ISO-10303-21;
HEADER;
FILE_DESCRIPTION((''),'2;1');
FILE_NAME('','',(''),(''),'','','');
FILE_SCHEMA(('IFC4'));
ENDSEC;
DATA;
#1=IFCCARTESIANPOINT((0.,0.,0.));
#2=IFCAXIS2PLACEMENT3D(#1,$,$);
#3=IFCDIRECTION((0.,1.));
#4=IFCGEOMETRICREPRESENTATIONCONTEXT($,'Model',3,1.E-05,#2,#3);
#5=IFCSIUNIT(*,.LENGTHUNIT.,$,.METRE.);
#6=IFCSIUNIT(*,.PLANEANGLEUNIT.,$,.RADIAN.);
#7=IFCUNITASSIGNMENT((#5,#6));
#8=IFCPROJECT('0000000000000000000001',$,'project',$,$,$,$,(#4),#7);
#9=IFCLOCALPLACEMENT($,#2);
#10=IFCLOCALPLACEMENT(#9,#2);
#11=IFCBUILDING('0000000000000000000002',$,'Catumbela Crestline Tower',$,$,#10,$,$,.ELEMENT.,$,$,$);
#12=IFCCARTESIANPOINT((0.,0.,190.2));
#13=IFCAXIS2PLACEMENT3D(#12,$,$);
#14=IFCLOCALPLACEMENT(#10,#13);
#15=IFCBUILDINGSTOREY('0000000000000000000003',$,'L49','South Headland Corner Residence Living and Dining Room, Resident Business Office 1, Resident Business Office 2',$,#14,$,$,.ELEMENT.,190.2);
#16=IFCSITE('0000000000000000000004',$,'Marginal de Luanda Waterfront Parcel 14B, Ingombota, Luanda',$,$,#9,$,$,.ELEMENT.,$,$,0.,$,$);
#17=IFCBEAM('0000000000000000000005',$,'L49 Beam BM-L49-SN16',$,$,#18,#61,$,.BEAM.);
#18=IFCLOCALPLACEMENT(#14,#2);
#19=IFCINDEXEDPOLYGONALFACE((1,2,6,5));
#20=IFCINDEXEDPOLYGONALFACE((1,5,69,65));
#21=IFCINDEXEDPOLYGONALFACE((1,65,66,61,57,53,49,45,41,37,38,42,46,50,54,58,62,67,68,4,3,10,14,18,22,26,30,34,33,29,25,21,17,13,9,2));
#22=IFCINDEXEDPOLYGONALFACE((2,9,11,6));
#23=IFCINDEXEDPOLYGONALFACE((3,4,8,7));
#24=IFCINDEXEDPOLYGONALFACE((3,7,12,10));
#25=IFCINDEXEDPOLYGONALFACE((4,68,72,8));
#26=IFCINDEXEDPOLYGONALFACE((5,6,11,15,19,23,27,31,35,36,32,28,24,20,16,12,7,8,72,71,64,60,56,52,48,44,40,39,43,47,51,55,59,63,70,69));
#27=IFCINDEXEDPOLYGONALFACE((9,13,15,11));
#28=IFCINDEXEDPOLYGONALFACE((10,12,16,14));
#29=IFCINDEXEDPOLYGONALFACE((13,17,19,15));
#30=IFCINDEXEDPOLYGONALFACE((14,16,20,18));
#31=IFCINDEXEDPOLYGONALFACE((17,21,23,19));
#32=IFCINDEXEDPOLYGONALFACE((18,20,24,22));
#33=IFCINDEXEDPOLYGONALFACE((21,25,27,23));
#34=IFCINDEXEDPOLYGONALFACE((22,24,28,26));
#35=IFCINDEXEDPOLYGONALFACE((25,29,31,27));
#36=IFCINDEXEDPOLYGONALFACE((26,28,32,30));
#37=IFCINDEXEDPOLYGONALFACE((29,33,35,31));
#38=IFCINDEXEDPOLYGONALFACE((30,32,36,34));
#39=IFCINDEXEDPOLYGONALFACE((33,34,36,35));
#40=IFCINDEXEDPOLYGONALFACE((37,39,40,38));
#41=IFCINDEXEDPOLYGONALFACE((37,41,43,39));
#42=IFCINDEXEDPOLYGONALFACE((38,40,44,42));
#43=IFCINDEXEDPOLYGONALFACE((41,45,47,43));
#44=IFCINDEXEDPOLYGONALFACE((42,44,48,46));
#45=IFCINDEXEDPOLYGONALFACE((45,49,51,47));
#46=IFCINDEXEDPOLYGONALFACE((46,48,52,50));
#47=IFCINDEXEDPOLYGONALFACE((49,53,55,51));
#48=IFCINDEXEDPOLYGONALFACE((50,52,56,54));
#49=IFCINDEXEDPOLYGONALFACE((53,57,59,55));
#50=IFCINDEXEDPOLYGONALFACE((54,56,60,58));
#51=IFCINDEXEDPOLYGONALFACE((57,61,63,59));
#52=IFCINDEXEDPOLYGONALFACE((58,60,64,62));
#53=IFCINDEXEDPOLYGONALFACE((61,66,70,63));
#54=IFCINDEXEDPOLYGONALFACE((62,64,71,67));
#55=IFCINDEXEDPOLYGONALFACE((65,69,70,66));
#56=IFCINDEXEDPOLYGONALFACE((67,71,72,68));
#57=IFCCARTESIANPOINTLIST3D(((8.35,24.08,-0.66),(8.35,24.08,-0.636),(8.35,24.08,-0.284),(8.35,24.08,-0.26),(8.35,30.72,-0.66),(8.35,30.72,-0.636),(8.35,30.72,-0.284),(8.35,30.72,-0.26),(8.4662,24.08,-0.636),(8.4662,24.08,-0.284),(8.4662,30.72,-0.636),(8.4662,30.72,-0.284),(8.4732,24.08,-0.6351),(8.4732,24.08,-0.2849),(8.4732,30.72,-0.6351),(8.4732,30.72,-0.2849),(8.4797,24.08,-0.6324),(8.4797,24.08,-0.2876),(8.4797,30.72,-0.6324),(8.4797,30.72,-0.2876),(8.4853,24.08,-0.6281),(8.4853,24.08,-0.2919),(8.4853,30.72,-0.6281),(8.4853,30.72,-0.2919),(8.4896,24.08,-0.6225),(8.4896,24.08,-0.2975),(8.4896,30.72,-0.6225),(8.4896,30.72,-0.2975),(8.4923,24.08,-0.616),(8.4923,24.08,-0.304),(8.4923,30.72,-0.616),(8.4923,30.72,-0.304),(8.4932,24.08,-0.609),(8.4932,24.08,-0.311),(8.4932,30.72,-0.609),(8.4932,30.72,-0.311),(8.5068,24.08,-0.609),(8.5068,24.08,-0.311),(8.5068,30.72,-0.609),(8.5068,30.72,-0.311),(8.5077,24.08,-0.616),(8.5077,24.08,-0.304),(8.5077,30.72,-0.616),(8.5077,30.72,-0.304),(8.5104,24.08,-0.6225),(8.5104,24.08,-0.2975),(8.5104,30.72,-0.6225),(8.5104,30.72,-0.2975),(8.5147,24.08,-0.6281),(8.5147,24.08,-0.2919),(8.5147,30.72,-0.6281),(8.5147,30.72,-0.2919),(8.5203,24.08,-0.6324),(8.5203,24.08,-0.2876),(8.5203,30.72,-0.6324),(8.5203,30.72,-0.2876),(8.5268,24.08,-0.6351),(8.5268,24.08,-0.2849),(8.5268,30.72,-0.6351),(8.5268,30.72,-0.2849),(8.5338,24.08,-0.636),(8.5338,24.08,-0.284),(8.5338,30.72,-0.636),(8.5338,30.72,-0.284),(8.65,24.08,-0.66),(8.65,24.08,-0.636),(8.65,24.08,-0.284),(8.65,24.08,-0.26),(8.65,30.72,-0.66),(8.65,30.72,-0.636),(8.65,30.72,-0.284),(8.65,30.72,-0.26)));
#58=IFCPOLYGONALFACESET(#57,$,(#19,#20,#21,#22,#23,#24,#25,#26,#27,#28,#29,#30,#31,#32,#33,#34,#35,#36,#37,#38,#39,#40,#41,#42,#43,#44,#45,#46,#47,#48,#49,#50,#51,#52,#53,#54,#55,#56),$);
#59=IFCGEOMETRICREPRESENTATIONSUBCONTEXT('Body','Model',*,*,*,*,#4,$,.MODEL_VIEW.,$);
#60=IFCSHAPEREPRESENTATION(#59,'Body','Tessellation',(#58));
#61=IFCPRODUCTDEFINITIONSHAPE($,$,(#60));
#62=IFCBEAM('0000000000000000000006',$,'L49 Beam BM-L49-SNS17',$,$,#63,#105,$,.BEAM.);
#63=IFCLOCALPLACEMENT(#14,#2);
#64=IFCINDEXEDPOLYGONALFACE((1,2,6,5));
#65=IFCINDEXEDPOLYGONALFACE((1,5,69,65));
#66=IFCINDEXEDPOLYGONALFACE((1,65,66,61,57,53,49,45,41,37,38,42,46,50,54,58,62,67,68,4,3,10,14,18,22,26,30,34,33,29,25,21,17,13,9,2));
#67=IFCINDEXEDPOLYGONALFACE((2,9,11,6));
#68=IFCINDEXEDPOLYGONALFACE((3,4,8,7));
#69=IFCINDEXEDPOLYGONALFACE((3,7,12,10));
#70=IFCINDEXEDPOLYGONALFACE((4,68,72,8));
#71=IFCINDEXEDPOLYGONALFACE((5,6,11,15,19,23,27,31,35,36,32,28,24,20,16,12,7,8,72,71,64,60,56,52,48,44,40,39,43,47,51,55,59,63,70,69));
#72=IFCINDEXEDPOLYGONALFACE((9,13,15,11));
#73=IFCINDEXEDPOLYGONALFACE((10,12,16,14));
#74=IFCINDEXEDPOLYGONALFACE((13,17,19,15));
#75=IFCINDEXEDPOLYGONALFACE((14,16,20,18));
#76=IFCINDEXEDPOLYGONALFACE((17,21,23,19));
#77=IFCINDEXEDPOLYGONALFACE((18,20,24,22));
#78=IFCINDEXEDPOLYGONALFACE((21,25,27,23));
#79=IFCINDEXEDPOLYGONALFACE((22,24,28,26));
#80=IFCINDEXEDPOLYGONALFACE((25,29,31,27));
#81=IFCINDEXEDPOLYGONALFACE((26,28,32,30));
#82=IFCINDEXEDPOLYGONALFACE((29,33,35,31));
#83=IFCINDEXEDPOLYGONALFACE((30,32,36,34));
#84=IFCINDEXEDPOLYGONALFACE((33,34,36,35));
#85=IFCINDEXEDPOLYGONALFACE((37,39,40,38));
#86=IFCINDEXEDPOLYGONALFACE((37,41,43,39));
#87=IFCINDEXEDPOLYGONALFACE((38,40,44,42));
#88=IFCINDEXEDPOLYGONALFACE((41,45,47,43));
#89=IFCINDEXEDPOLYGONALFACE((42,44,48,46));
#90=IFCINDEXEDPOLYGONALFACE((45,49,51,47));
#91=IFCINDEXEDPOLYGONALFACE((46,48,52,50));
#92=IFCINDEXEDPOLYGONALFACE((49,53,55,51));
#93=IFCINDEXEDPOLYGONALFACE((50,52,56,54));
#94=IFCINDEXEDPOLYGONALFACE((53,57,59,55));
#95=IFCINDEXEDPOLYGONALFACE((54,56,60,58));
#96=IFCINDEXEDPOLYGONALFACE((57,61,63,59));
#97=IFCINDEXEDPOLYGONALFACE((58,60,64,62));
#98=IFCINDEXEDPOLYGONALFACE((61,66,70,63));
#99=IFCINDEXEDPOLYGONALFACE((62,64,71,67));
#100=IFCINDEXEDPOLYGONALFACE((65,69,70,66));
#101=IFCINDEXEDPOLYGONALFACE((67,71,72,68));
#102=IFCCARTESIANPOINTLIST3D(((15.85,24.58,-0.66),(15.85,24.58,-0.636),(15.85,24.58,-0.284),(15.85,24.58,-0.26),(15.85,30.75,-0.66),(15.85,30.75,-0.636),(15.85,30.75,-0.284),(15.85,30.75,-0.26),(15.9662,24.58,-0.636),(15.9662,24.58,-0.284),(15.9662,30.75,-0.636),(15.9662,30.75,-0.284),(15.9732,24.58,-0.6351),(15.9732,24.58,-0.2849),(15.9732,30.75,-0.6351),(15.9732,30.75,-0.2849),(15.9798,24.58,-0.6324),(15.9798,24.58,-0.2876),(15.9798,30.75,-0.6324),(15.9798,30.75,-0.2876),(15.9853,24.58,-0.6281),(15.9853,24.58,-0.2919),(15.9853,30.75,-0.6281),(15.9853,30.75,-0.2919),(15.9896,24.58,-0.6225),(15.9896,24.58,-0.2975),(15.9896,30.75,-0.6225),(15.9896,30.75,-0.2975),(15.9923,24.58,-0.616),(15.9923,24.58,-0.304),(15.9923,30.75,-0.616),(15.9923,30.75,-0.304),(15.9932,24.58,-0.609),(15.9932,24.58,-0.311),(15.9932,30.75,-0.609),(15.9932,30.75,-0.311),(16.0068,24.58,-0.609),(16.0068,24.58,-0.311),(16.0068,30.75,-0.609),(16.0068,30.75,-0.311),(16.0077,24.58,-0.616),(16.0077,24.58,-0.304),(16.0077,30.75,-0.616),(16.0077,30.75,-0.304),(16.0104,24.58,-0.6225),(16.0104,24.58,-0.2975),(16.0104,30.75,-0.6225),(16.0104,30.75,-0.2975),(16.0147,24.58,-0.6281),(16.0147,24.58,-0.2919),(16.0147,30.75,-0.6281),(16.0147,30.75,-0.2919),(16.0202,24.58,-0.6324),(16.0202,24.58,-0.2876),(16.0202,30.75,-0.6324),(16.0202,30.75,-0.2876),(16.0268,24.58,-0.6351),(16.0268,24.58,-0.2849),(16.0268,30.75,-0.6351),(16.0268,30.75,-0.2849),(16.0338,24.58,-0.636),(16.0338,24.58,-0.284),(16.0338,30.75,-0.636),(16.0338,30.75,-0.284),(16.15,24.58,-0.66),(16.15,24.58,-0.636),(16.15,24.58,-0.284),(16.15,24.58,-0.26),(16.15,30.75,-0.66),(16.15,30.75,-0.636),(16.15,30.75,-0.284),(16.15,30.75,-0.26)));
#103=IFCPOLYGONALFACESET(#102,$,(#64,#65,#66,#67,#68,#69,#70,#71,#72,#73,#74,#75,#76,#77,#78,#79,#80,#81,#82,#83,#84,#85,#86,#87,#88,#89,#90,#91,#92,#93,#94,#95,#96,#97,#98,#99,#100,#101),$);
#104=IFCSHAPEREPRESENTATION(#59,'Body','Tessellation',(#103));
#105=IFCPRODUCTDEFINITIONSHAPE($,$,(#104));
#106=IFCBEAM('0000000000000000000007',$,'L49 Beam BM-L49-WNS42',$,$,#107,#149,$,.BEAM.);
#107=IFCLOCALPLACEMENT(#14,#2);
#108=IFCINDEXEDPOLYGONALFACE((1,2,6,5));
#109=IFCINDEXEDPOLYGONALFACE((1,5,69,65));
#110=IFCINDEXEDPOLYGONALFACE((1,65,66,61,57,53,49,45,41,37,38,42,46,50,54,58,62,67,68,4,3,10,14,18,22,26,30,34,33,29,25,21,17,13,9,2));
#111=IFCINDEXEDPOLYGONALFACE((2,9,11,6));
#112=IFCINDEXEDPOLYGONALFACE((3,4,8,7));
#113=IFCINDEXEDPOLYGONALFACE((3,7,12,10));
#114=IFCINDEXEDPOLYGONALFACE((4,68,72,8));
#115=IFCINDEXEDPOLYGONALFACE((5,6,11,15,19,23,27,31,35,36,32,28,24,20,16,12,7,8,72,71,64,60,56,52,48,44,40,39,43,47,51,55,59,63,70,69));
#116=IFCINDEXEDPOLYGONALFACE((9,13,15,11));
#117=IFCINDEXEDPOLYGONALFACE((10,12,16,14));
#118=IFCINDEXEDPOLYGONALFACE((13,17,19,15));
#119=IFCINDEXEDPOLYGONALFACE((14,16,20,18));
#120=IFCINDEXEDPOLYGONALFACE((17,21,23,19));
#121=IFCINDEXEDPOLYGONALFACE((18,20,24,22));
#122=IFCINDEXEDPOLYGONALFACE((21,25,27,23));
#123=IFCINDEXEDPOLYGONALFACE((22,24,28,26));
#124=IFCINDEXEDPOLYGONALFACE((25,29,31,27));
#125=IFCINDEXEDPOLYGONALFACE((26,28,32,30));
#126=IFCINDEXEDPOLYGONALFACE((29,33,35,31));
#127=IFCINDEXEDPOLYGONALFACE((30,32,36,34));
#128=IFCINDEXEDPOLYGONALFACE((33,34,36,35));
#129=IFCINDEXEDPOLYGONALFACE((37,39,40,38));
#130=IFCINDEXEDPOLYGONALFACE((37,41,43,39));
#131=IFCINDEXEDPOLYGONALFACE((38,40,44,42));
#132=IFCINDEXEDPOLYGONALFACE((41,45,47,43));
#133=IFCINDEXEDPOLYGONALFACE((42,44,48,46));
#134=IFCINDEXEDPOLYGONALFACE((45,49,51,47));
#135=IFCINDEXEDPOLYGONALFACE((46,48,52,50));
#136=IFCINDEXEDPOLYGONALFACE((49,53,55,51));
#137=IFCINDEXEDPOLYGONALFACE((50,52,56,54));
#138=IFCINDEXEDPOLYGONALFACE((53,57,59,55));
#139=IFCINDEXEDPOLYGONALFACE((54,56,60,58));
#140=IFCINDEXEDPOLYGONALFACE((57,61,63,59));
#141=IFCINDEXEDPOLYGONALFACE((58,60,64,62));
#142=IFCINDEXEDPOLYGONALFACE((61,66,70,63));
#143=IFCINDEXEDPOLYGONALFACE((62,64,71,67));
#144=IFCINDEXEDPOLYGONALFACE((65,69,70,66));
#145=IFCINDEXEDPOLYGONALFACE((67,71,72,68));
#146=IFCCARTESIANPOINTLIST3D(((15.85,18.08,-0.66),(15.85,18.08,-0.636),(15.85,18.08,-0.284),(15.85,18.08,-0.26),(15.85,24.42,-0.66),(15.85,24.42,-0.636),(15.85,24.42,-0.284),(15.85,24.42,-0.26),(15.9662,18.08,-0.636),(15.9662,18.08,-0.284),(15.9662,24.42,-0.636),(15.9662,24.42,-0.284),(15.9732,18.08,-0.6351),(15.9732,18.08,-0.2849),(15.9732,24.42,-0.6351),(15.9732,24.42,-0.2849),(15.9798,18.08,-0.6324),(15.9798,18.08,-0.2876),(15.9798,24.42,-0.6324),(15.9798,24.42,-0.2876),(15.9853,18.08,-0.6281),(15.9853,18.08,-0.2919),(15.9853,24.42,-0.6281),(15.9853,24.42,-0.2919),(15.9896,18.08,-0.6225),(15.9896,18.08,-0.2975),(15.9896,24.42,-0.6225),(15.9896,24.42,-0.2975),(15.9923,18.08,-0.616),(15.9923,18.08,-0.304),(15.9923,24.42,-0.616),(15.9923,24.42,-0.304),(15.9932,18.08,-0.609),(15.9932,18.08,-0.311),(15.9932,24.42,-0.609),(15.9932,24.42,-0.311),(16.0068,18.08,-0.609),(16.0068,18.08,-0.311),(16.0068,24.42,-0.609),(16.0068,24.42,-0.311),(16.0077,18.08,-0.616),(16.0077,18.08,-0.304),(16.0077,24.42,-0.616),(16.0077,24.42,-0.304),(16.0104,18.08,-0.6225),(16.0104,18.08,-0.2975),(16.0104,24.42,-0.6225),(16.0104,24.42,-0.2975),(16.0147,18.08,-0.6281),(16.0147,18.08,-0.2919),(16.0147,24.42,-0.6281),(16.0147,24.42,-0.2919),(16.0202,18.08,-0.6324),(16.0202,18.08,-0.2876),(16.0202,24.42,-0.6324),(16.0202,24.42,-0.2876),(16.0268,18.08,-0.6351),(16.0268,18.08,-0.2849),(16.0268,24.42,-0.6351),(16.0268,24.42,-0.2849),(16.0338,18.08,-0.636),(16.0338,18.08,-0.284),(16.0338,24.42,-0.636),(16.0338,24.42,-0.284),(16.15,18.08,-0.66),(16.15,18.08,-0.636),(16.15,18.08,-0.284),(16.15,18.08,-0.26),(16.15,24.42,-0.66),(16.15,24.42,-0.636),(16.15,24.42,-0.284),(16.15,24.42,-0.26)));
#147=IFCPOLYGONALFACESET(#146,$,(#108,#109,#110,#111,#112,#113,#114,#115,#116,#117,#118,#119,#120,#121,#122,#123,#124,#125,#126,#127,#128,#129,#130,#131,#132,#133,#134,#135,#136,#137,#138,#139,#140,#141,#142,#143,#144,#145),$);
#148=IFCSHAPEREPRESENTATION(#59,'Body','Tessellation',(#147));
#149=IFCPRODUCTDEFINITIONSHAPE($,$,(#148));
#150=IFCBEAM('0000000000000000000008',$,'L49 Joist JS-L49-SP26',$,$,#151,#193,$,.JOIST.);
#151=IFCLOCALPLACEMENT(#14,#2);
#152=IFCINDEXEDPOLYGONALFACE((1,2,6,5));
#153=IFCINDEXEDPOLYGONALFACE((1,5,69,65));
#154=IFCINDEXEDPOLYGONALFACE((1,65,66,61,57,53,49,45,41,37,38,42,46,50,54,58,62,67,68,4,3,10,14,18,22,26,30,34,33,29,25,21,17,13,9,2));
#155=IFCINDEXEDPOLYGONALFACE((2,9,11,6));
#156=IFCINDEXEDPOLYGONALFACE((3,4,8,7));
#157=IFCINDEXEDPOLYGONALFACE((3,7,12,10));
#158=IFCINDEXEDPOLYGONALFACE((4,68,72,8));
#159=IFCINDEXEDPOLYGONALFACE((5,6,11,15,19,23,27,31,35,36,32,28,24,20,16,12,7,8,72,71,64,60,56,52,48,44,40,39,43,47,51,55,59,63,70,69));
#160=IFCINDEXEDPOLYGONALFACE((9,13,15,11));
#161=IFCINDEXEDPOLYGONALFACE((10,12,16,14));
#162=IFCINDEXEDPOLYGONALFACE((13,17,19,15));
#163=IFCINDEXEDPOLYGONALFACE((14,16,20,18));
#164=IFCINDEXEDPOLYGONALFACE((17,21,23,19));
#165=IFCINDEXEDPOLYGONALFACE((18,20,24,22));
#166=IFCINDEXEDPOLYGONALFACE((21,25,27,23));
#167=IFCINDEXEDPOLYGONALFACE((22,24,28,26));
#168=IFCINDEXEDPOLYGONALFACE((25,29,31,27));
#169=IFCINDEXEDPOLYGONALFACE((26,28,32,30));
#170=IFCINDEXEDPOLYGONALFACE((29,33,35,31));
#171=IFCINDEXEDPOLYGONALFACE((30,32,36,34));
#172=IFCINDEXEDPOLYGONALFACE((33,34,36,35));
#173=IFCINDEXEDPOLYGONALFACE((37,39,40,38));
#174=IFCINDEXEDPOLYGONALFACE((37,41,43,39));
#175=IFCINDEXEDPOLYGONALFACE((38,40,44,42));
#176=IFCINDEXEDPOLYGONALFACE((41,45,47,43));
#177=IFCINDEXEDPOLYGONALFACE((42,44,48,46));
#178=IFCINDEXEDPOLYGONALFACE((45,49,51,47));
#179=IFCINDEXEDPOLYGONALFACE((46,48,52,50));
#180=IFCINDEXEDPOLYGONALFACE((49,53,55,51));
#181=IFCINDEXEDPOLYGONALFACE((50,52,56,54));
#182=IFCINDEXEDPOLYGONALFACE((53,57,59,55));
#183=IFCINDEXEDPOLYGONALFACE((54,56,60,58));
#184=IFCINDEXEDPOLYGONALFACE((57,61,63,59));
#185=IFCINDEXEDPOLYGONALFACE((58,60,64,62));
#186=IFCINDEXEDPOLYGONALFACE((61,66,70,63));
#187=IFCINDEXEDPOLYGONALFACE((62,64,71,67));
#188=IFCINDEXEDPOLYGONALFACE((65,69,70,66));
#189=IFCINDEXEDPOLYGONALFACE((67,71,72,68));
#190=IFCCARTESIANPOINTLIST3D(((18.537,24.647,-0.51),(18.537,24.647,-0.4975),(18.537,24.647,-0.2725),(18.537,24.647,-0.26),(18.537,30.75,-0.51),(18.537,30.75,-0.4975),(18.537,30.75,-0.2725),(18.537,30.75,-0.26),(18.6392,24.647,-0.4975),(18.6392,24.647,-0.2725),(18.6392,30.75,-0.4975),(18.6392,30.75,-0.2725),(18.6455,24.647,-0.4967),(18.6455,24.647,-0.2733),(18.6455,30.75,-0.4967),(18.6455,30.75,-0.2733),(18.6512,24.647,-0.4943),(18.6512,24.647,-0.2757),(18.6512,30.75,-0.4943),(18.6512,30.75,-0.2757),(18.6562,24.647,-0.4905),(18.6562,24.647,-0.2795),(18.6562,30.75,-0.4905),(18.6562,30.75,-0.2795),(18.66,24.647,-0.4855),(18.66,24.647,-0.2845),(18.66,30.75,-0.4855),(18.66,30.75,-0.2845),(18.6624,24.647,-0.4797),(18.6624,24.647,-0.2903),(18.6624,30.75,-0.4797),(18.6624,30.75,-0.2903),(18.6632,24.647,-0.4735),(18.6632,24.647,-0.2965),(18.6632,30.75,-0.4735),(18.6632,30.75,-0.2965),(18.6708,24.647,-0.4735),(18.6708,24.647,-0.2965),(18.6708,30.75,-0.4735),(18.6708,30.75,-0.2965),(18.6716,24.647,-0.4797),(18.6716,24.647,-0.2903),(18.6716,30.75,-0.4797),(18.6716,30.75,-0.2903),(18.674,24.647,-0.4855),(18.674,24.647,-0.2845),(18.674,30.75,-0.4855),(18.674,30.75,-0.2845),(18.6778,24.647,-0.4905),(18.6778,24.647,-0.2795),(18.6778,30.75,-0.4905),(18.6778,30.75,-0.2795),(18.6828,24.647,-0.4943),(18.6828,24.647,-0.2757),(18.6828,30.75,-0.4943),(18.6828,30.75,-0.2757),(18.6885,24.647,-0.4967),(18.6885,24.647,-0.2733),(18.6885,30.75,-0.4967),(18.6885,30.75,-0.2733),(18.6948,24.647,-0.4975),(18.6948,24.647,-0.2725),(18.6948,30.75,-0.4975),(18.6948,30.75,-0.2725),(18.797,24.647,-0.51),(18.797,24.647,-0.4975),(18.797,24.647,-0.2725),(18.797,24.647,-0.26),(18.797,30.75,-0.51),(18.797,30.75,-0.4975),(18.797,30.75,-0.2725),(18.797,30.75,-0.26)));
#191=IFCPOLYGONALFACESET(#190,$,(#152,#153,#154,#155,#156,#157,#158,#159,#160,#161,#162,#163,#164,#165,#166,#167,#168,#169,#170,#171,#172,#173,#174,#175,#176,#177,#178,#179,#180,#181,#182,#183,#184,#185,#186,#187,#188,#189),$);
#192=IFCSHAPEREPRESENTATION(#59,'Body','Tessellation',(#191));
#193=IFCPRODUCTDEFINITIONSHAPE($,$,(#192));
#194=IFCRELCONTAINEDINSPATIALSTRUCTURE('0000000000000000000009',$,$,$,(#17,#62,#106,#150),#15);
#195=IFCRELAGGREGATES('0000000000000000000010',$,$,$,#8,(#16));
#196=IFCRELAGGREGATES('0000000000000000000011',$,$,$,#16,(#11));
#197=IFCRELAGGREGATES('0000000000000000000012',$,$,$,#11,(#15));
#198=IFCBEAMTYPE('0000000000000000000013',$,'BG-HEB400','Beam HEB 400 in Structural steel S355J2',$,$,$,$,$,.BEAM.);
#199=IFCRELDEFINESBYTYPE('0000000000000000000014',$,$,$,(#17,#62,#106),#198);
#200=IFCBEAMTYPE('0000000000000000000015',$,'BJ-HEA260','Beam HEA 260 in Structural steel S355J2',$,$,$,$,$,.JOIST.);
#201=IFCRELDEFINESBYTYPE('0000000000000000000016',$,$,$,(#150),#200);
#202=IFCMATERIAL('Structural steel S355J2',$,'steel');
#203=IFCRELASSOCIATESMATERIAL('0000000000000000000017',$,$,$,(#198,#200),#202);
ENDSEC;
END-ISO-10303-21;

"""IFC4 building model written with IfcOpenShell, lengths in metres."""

from ifc_helpers import new_model, si_unit, direction, frame, origin, origin_2d, place, context, subcontext, project, spatial, i_section, extrude, material, material_profile, profile_set, type_object, element, save


model = new_model("IFC4")

# Units and contexts
model_context = context("Model", 3, precision=1e-05, world=origin(), true_north=direction((0.0, 1.0)))
body_context = subcontext(model_context, "Body", "Model", "MODEL_VIEW")
ifc_project = project(units=[si_unit("LENGTHUNIT", "METRE"), si_unit("PLANEANGLEUNIT", "RADIAN")], contexts=[model_context])

# Site, building, storey
site_placement = place(None, origin())
site = spatial("IfcSite", under=ifc_project, at=site_placement, Name="Marginal de Luanda Waterfront Parcel 14B, Ingombota, Luanda", CompositionType="ELEMENT", RefElevation=0.0)
building_placement = place(site_placement, origin())
building = spatial("IfcBuilding", under=site, at=building_placement, Name="Catumbela Crestline Tower", CompositionType="ELEMENT")
storey_placement = place(building_placement, frame((0.0, 0.0, 190.2)))
storey = spatial("IfcBuildingStorey", under=building, at=storey_placement, Name="L49", Description="South Headland Corner Residence Living and Dining Room, Resident Business Office 1, Resident Business Office 2", CompositionType="ELEMENT", Elevation=190.2)

# Beams
ifc_material_1 = material(Name="Structural steel S355J2", Category="steel")
ifc_material_profile_1 = material_profile(ifc_material_1, i_section(OverallWidth=0.3, OverallDepth=0.4, WebThickness=0.0135, FlangeThickness=0.024, FilletRadius=0.027, at=origin_2d()), Name="HEB 400")
ifc_profile_set_1 = profile_set([ifc_material_profile_1], Name="Structural steel S355J2")
beam_type_1 = type_object("IfcBeamType", Name="BG-HEB400", Description="Beam HEB 400 in Structural steel S355J2", PredefinedType="BEAM", material=ifc_profile_set_1)
beam_1_placement = place(storey_placement, frame((8.5, 24.08, -0.46), z_axis=(0.0, 1.0, 0.0), x_axis=(-1.0, 0.0, 0.0)))
element("IfcBeam", 1, at=beam_1_placement, inside=storey, type_object=beam_type_1, Name="L49 Beam BM-L49-SN16", PredefinedType="BEAM", context=body_context, shape_type="SweptSolid", body=[
    extrude(i_section(OverallWidth=0.3, OverallDepth=0.4, WebThickness=0.0135, FlangeThickness=0.024, FilletRadius=0.027, at=origin_2d()), origin(), (0.0, 0.0, 1.0), 6.64),
])
beam_2_placement = place(storey_placement, frame((16.0, 24.58, -0.46), z_axis=(0.0, 1.0, 0.0), x_axis=(-1.0, 0.0, 0.0)))
element("IfcBeam", 2, at=beam_2_placement, inside=storey, type_object=beam_type_1, Name="L49 Beam BM-L49-SNS17", PredefinedType="BEAM", context=body_context, shape_type="SweptSolid", body=[
    extrude(i_section(OverallWidth=0.3, OverallDepth=0.4, WebThickness=0.0135, FlangeThickness=0.024, FilletRadius=0.027, at=origin_2d()), origin(), (0.0, 0.0, 1.0), 6.17),
])
beam_3_placement = place(storey_placement, frame((16.0, 18.08, -0.46), z_axis=(0.0, 1.0, 0.0), x_axis=(-1.0, 0.0, 0.0)))
element("IfcBeam", 3, at=beam_3_placement, inside=storey, type_object=beam_type_1, Name="L49 Beam BM-L49-WNS42", PredefinedType="BEAM", context=body_context, shape_type="SweptSolid", body=[
    extrude(i_section(OverallWidth=0.3, OverallDepth=0.4, WebThickness=0.0135, FlangeThickness=0.024, FilletRadius=0.027, at=origin_2d()), origin(), (0.0, 0.0, 1.0), 6.34),
])
ifc_material_profile_2 = material_profile(ifc_material_1, i_section(OverallWidth=0.26, OverallDepth=0.25, WebThickness=0.0075, FlangeThickness=0.0125, FilletRadius=0.024, at=origin_2d()), Name="HEA 260")
ifc_profile_set_2 = profile_set([ifc_material_profile_2], Name="Structural steel S355J2")
beam_type_2 = type_object("IfcBeamType", Name="BJ-HEA260", Description="Beam HEA 260 in Structural steel S355J2", PredefinedType="JOIST", material=ifc_profile_set_2)
beam_4_placement = place(storey_placement, frame((18.667, 24.647, -0.385), z_axis=(0.0, 1.0, 0.0), x_axis=(-1.0, 0.0, 0.0)))
element("IfcBeam", 4, at=beam_4_placement, inside=storey, type_object=beam_type_2, Name="L49 Joist JS-L49-SP26", PredefinedType="JOIST", context=body_context, shape_type="SweptSolid", body=[
    extrude(i_section(OverallWidth=0.26, OverallDepth=0.25, WebThickness=0.0075, FlangeThickness=0.0125, FilletRadius=0.024, at=origin_2d()), origin(), (0.0, 0.0, 1.0), 6.103),
])

save(model, "model.ifc")
